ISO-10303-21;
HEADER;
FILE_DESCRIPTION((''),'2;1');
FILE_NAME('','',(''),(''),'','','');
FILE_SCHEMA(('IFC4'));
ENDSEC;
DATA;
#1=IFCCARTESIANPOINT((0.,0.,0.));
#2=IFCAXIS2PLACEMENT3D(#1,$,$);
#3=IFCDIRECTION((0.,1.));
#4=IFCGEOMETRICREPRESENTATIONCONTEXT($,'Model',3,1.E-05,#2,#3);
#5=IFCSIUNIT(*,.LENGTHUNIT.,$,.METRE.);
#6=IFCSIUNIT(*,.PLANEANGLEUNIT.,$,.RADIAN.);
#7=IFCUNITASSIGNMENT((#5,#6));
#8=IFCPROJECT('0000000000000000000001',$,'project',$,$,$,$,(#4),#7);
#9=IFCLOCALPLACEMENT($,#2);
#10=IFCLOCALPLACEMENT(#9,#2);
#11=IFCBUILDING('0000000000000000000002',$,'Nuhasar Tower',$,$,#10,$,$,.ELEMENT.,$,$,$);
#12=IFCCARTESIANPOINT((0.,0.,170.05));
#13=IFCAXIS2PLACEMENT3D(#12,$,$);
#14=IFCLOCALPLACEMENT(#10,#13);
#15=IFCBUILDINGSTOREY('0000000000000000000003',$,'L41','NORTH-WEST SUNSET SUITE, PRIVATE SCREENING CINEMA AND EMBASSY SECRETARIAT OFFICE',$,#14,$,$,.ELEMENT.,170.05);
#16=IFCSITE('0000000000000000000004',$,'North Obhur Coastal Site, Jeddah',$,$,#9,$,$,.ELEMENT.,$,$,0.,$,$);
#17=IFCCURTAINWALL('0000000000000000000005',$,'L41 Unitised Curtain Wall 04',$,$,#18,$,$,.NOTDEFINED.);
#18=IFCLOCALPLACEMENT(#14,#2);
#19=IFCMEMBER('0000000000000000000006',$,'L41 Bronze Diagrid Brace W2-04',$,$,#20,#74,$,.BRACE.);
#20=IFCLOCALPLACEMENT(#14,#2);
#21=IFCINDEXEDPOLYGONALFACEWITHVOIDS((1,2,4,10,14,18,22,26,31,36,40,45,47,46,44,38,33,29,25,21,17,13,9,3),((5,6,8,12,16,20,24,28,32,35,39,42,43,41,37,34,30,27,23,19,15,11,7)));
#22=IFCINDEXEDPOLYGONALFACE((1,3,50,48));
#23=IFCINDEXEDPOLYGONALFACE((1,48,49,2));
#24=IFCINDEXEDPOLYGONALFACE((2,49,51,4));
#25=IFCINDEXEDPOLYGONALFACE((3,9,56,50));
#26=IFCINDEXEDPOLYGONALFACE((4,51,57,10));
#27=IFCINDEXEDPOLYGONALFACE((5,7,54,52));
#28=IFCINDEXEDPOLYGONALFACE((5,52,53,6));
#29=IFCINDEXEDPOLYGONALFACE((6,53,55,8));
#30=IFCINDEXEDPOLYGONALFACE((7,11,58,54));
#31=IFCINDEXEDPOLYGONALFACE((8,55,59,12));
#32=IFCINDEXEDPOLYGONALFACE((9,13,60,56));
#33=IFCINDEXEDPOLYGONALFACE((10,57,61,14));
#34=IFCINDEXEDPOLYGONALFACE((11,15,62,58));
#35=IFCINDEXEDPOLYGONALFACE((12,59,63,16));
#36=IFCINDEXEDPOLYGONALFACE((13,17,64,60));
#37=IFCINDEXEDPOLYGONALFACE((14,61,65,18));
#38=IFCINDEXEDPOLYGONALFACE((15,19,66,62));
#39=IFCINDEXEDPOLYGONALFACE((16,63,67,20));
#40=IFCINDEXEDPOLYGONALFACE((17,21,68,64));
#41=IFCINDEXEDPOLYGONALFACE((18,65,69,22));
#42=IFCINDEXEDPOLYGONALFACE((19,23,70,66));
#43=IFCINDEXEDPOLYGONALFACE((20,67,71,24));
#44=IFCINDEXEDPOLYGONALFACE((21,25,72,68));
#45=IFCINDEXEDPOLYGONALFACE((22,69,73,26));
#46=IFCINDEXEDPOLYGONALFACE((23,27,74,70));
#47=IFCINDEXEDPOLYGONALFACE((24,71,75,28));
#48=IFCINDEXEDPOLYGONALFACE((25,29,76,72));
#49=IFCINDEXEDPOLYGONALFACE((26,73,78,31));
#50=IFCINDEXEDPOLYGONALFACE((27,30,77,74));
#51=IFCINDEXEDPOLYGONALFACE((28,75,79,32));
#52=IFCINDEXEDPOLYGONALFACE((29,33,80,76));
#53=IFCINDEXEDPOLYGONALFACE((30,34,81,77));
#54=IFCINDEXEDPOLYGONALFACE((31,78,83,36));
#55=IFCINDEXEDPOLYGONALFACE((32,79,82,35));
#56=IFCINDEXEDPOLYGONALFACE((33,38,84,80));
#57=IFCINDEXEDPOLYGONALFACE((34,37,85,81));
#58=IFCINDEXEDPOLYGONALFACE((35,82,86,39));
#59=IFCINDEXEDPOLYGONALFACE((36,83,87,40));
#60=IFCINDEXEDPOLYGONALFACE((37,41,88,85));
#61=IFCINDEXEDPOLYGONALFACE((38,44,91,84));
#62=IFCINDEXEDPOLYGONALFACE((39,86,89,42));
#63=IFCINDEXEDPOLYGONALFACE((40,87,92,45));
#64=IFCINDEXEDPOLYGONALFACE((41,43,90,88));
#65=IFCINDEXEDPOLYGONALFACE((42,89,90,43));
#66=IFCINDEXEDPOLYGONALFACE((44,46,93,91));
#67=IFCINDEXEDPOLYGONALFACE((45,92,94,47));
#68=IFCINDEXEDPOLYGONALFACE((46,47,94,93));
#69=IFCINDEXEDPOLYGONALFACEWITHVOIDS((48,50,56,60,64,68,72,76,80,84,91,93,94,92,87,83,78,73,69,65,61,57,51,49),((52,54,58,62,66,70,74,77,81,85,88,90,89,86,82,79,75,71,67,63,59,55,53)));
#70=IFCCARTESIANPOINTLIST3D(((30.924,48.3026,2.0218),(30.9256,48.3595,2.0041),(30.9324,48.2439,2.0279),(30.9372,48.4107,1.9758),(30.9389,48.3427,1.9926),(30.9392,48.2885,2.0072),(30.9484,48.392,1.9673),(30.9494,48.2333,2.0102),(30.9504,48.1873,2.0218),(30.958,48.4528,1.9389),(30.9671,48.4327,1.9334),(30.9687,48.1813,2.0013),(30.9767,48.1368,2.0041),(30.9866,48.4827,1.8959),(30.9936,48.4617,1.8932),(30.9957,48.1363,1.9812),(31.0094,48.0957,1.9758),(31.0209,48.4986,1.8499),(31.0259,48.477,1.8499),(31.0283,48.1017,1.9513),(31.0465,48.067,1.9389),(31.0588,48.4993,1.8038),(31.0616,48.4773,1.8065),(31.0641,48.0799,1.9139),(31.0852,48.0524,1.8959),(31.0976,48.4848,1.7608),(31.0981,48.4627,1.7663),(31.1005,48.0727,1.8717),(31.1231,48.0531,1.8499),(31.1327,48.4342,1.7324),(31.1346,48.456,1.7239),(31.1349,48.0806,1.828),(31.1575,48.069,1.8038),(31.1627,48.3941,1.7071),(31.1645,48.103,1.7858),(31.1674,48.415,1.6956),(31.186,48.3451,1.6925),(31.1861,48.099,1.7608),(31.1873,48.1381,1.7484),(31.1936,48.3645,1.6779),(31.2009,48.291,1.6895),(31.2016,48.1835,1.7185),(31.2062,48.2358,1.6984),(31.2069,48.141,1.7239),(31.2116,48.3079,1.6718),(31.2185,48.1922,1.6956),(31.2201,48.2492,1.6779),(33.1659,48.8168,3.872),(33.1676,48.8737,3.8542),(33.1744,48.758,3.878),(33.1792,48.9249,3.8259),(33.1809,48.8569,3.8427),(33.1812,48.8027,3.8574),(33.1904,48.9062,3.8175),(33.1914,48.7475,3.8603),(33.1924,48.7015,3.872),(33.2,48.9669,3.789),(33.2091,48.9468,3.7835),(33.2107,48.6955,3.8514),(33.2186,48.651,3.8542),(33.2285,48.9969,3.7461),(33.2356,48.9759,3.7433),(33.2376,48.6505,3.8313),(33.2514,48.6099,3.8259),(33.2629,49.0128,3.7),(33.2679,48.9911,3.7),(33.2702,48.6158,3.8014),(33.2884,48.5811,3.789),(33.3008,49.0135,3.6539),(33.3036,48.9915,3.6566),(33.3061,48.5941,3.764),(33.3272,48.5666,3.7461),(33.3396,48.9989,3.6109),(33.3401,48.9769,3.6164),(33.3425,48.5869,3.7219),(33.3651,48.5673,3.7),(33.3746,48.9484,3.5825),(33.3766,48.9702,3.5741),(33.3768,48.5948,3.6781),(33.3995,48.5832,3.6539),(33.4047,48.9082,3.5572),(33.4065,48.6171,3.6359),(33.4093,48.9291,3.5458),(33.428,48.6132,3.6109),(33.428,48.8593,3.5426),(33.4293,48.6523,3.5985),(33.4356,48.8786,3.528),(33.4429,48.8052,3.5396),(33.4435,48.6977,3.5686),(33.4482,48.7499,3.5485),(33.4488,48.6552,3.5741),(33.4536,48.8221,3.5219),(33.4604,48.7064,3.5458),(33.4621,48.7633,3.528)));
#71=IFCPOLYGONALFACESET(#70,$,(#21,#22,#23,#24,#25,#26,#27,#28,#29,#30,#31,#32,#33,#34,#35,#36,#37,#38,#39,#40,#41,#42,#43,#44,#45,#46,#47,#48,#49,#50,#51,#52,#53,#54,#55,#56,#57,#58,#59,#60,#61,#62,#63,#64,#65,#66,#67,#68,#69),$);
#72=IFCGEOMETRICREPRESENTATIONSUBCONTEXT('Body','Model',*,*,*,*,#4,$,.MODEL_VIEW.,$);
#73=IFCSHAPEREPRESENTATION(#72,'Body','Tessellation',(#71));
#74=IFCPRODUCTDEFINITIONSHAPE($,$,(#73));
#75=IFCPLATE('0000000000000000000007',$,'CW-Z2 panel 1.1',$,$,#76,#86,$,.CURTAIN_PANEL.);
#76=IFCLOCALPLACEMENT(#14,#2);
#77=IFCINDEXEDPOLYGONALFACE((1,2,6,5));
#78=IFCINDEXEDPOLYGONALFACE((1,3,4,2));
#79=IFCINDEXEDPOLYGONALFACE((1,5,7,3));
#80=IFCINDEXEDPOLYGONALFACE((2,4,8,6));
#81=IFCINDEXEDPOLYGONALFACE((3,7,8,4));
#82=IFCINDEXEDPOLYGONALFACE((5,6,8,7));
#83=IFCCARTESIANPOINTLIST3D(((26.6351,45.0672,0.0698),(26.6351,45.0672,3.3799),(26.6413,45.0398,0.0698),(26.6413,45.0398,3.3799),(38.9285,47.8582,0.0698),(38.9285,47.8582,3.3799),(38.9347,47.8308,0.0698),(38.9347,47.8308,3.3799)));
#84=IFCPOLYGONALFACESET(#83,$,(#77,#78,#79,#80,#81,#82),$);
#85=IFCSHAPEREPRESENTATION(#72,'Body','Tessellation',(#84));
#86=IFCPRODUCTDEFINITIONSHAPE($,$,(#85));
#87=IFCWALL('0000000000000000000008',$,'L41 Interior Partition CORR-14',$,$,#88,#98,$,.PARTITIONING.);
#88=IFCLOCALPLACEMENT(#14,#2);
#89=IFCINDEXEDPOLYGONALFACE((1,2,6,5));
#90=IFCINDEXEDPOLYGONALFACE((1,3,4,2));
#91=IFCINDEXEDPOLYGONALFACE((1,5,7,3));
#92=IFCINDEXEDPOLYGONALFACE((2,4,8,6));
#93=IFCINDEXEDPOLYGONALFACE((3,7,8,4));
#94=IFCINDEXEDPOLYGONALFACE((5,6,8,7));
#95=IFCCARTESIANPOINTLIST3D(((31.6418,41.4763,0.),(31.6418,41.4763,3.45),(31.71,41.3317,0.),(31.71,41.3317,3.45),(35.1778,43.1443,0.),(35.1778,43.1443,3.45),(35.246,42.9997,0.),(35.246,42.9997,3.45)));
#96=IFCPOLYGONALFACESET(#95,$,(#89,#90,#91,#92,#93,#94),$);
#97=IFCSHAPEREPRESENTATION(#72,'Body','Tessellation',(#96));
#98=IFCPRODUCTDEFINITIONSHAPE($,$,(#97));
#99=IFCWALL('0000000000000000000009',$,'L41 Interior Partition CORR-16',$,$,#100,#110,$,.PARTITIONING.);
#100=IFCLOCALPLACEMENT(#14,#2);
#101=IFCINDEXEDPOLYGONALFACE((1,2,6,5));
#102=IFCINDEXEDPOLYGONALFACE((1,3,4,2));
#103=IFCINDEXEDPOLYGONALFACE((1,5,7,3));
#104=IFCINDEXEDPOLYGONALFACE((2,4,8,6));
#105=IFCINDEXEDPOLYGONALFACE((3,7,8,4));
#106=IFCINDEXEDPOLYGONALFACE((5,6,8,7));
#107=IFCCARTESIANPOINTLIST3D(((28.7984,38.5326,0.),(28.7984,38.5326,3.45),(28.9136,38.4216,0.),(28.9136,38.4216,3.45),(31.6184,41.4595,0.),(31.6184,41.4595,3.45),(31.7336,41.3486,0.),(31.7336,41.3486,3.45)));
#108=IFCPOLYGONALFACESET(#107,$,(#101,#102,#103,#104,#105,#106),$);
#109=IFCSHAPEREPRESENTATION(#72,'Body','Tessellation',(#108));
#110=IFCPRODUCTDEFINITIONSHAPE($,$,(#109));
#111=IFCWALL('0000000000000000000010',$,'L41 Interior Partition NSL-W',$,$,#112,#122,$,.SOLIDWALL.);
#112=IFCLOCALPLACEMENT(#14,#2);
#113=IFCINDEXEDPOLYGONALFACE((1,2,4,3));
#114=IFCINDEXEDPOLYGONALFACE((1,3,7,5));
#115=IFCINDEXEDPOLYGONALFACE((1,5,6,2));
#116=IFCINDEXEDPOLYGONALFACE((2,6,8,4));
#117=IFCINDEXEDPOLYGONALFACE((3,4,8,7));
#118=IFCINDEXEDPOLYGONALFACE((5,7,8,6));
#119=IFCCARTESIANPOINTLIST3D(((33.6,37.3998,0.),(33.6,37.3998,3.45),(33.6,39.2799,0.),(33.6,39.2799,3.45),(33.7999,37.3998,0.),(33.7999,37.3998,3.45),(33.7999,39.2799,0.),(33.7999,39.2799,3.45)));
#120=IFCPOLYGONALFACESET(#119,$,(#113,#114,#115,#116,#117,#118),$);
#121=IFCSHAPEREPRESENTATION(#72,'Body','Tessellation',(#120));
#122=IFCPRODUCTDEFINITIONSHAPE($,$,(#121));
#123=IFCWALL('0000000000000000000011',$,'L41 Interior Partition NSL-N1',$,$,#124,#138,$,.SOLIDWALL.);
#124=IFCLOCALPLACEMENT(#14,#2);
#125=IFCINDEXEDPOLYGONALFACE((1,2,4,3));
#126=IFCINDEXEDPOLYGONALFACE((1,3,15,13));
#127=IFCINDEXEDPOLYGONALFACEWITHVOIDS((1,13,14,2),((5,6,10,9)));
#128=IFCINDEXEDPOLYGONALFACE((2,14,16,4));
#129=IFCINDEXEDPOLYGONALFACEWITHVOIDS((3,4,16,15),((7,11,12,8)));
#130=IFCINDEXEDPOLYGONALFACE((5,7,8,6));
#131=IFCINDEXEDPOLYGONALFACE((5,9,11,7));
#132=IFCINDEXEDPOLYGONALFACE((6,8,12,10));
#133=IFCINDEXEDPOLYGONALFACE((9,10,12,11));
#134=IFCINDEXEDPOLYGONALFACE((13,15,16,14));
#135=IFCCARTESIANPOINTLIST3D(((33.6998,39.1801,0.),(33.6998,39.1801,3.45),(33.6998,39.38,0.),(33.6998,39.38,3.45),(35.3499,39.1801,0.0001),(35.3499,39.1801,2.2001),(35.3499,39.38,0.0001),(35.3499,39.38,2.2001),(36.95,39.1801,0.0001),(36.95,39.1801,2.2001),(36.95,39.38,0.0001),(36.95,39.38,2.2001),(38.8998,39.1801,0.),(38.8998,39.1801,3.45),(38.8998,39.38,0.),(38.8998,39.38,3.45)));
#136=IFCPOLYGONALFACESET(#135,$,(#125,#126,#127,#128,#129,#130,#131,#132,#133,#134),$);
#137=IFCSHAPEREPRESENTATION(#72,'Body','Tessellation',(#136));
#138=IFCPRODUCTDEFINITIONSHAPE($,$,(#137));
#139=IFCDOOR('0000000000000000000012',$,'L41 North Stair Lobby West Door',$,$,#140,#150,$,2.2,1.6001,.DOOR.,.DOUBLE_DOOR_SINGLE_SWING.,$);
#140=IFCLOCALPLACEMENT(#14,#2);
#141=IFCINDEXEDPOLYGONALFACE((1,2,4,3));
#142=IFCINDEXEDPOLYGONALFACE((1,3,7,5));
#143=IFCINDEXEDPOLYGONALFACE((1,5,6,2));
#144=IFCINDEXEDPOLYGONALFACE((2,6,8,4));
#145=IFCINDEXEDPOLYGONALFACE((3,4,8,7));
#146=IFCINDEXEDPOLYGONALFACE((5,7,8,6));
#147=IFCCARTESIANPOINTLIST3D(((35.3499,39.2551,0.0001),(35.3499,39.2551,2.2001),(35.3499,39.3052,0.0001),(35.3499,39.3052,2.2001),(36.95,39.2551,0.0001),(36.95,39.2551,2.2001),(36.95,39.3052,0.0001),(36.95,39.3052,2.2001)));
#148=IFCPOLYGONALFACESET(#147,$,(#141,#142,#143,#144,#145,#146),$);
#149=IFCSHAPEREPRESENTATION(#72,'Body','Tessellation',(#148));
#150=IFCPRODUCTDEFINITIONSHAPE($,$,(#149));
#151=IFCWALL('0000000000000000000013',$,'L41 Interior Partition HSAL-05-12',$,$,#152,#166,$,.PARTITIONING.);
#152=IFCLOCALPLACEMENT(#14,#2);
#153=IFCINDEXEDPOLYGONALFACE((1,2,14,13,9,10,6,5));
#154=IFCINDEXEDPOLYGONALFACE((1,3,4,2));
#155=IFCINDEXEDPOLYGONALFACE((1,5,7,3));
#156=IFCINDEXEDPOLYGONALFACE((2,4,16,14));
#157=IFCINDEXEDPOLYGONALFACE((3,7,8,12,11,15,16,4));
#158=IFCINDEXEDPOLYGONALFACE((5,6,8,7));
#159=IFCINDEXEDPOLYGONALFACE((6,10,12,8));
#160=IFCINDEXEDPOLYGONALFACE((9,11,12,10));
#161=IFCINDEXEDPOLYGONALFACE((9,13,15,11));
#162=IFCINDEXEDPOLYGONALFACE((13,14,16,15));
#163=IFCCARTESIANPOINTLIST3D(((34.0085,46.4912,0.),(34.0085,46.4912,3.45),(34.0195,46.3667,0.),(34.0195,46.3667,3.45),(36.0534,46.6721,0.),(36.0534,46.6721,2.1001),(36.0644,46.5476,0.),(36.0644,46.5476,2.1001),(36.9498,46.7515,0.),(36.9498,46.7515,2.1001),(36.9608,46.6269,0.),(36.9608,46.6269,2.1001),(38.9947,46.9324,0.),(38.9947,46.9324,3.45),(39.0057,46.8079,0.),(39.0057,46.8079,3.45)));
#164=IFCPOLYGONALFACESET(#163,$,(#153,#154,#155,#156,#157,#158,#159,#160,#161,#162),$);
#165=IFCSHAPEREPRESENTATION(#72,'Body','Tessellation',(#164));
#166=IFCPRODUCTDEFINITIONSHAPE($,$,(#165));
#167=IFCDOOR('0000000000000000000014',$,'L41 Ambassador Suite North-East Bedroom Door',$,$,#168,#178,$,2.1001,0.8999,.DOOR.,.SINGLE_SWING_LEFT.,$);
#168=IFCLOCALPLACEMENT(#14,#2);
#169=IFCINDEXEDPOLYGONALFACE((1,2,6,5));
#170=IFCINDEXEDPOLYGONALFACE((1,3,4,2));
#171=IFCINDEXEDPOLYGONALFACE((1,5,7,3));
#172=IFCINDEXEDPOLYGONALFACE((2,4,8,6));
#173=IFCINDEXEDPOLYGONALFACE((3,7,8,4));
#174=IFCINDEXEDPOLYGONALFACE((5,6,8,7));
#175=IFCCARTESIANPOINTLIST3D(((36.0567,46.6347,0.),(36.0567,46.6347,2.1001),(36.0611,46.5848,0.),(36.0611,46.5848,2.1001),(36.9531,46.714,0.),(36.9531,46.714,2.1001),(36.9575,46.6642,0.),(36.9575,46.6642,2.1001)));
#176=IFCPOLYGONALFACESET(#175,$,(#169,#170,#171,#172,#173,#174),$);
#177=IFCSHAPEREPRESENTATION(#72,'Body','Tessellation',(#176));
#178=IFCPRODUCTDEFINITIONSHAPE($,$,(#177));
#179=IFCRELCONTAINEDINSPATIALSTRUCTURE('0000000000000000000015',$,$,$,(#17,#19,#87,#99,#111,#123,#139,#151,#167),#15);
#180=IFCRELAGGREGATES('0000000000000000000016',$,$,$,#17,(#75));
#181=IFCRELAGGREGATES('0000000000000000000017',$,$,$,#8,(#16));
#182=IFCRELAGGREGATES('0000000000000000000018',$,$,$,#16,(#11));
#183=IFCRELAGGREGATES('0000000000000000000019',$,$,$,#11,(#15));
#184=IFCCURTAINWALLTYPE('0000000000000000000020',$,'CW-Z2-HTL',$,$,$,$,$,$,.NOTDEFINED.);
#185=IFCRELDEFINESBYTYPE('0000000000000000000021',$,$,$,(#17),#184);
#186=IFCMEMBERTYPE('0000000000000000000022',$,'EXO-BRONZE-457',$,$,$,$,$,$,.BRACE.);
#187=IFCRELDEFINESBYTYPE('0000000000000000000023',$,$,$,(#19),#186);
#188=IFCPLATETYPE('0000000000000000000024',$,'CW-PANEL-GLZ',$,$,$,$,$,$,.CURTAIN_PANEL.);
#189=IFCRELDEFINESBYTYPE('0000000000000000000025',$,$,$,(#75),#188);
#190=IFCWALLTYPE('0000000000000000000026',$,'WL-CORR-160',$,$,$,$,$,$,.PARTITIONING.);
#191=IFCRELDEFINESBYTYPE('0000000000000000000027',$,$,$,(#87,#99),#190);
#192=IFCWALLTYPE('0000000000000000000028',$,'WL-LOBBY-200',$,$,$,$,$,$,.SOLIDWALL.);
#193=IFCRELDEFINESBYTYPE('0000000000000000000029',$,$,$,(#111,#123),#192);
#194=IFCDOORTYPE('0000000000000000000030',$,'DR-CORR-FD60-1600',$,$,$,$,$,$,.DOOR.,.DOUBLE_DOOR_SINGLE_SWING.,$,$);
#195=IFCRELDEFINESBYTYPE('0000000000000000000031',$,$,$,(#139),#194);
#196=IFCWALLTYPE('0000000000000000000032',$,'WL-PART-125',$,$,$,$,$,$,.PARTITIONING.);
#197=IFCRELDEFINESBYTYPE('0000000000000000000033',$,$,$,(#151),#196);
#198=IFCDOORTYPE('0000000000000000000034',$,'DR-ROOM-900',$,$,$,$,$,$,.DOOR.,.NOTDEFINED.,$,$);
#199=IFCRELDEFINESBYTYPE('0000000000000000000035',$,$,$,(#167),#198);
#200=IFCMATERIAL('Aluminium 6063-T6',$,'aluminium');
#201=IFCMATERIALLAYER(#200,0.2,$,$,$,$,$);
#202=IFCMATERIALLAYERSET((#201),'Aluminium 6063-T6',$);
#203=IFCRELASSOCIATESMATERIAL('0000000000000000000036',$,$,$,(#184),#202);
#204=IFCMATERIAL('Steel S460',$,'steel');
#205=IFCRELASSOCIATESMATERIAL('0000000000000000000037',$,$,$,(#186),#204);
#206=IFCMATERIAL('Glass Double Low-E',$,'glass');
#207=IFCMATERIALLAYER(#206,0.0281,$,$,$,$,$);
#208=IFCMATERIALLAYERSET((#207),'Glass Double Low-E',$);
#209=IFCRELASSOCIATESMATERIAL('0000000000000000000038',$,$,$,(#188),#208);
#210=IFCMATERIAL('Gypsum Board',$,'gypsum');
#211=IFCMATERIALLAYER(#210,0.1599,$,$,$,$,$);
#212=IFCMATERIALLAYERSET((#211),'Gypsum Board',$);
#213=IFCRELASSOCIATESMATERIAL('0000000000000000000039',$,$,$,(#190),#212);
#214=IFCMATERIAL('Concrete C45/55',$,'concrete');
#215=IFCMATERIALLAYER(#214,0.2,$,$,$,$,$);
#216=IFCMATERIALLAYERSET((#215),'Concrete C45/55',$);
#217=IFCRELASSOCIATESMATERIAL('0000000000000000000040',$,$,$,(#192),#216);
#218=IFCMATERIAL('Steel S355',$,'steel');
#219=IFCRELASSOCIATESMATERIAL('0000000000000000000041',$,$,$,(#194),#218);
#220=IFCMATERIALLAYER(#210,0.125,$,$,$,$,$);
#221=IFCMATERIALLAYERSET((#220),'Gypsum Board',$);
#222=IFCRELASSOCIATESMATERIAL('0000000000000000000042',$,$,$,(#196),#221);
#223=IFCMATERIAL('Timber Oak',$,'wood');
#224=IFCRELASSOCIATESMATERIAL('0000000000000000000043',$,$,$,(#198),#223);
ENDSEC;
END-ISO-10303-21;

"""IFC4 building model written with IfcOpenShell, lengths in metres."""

from ifc_helpers import new_model, si_unit, direction, frame, frame_2d, origin, origin_2d, place, context, subcontext, project, spatial, rectangle, hollow_circle, extrude, material, layer, layer_set, material_profile, profile_set, type_object, element, fill, aggregate, save


model = new_model("IFC4")

# Units and contexts
model_context = context("Model", 3, precision=1e-05, world=origin(), true_north=direction((0.0, 1.0)))
body_context = subcontext(model_context, "Body", "Model", "MODEL_VIEW")
ifc_project = project(units=[si_unit("LENGTHUNIT", "METRE"), si_unit("PLANEANGLEUNIT", "RADIAN")], contexts=[model_context])

# Site, building, storey
site_placement = place(None, origin())
site = spatial("IfcSite", under=ifc_project, at=site_placement, Name="North Obhur Coastal Site, Jeddah", CompositionType="ELEMENT", RefElevation=0.0)
building_placement = place(site_placement, origin())
building = spatial("IfcBuilding", under=site, at=building_placement, Name="Nuhasar Tower", CompositionType="ELEMENT")
storey_placement = place(building_placement, frame((0.0, 0.0, 170.05)))
storey = spatial("IfcBuildingStorey", under=building, at=storey_placement, Name="L41", Description="NORTH-WEST SUNSET SUITE, PRIVATE SCREENING CINEMA AND EMBASSY SECRETARIAT OFFICE", CompositionType="ELEMENT", Elevation=170.05)

# Shared definitions
ifc_material_1 = material(Name="Steel S355", Category="steel")

# Curtain wall
ifc_material_2 = material(Name="Aluminium 6063-T6", Category="aluminium")
ifc_layer_1 = layer(ifc_material_2, 0.2)
ifc_layer_set_1 = layer_set([ifc_layer_1], Name="Aluminium 6063-T6")
curtain_wall_type = type_object("IfcCurtainWallType", Name="CW-Z2-HTL", PredefinedType="NOTDEFINED", material=ifc_layer_set_1)
curtain_wall_placement = place(storey_placement, origin())
curtain_wall = element("IfcCurtainWall", 1, at=curtain_wall_placement, inside=storey, type_object=curtain_wall_type, Name="L41 Unitised Curtain Wall 04", PredefinedType="NOTDEFINED")

# Member
ifc_material_3 = material(Name="Steel S460", Category="steel")
ifc_material_profile_1 = material_profile(ifc_material_3, hollow_circle(Radius=0.2285, WallThickness=0.0222, at=origin_2d()), Name="HSS457X22.2")
ifc_profile_set_1 = profile_set([ifc_material_profile_1], Name="Steel S460")
member_type_1 = type_object("IfcMemberType", Name="EXO-BRONZE-457", PredefinedType="BRACE", material=ifc_profile_set_1)
member_1_placement = place(storey_placement, frame((31.072, 48.2759, 1.8499), z_axis=(0.7595, 0.174181, 0.626755), x_axis=(-0.223534, 0.974696, 0.0)))
element("IfcMember", 2, at=member_1_placement, inside=storey, type_object=member_type_1, Name="L41 Bronze Diagrid Brace W2-04", PredefinedType="BRACE", context=body_context, shape_type="SweptSolid", body=[
    extrude(hollow_circle(Radius=0.2285, WallThickness=0.0222, at=origin_2d()), origin(), (0.0, 0.0, 1.0), 2.9519),
])

# Plate
ifc_material_4 = material(Name="Glass Double Low-E", Category="glass")
ifc_layer_2 = layer(ifc_material_4, 0.0281)
ifc_layer_set_2 = layer_set([ifc_layer_2], Name="Glass Double Low-E")
plate_type = type_object("IfcPlateType", Name="CW-PANEL-GLZ", PredefinedType="CURTAIN_PANEL", material=ifc_layer_set_2)
plate_placement = place(storey_placement, frame((32.7849, 46.449, 0.0698), z_axis=(0.0, 0.0, 1.0), x_axis=(-0.975184, -0.221397, 0.0)))
plate = element("IfcPlate", 3, at=plate_placement, type_object=plate_type, Name="CW-Z2 panel 1.1", PredefinedType="CURTAIN_PANEL", context=body_context, shape_type="SweptSolid", body=[
    extrude(rectangle(XDim=12.6062, YDim=0.0281, at=origin_2d()), origin(), (0.0, 0.0, 1.0), 3.3101),
])
aggregate(curtain_wall, [plate])

# Shared definitions
ifc_material_5 = material(Name="Gypsum Board", Category="gypsum")
ifc_layer_3 = layer(ifc_material_5, 0.1599)
ifc_layer_set_3 = layer_set([ifc_layer_3], Name="Gypsum Board")
wall_type_1 = type_object("IfcWallType", Name="WL-CORR-160", PredefinedType="PARTITIONING", material=ifc_layer_set_3)
ifc_material_6 = material(Name="Timber Oak", Category="wood")

# Walls
wall_1_placement = place(storey_placement, frame((35.2119, 43.072, 0.0), z_axis=(0.0, 0.0, 1.0), x_axis=(-0.904422, -0.426639, 0.0)))
element("IfcWall", 4, at=wall_1_placement, inside=storey, type_object=wall_type_1, Name="L41 Interior Partition CORR-14", PredefinedType="PARTITIONING", context=body_context, shape_type="SweptSolid", body=[
    extrude(rectangle(XDim=3.9097, YDim=0.1599, at=frame_2d((1.9548, 0.0))), origin(), (0.0, 0.0, 1.0), 3.45),
])
wall_2_placement = place(storey_placement, frame((31.676, 41.4041, 0.0), z_axis=(0.0, 0.0, 1.0), x_axis=(-0.69383, -0.720139, 0.0)))
element("IfcWall", 5, at=wall_2_placement, inside=storey, type_object=wall_type_1, Name="L41 Interior Partition CORR-16", PredefinedType="PARTITIONING", context=body_context, shape_type="SweptSolid", body=[
    extrude(rectangle(XDim=4.0645, YDim=0.1599, at=frame_2d((2.0322, 0.0))), origin(), (0.0, 0.0, 1.0), 3.45),
])
ifc_material_7 = material(Name="Concrete C45/55", Category="concrete")
ifc_layer_4 = layer(ifc_material_7, 0.2)
ifc_layer_set_4 = layer_set([ifc_layer_4], Name="Concrete C45/55")
wall_type_2 = type_object("IfcWallType", Name="WL-LOBBY-200", PredefinedType="SOLIDWALL", material=ifc_layer_set_4)
wall_3_placement = place(storey_placement, frame((33.7, 37.3999, 0.0), z_axis=(0.0, 0.0, 1.0), x_axis=(0.0, 1.0, 0.0)))
element("IfcWall", 6, at=wall_3_placement, inside=storey, type_object=wall_type_2, Name="L41 Interior Partition NSL-W", PredefinedType="SOLIDWALL", context=body_context, shape_type="SweptSolid", body=[
    extrude(rectangle(XDim=1.8801, YDim=0.2, at=frame_2d((0.9399, 0.0))), origin(), (0.0, 0.0, 1.0), 3.45),
])

# Walls, openings, doors
wall_4_placement = place(storey_placement, frame((38.8999, 39.28, 0.0), z_axis=(0.0, 0.0, 1.0), x_axis=(-1.0, 0.0, 0.0)))
wall_4 = element("IfcWall", 7, at=wall_4_placement, inside=storey, type_object=wall_type_2, Name="L41 Interior Partition NSL-N1", PredefinedType="SOLIDWALL", context=body_context, shape_type="SweptSolid", body=[
    extrude(rectangle(XDim=5.2, YDim=0.2, at=frame_2d((2.6001, 0.0))), origin(), (0.0, 0.0, 1.0), 3.45),
])
opening_1_placement = place(wall_4_placement, frame((1.95, 0.0, 0.0)))
opening_1 = element("IfcOpeningElement", 8, at=opening_1_placement, cuts=wall_4, PredefinedType="OPENING", context=body_context, shape_type="SweptSolid", body=[
    extrude(rectangle(XDim=1.6001, YDim=2.2, at=frame_2d((0.8, 1.1001))), frame((0.0, 0.1099, 0.0), z_axis=(0.0, -1.0, 0.0), x_axis=(1.0, 0.0, 0.0)), (0.0, 0.0, 1.0), 0.22),
])
door_type_1 = type_object("IfcDoorType", Name="DR-CORR-FD60-1600", OperationType="DOUBLE_DOOR_SINGLE_SWING", PredefinedType="DOOR", material=ifc_material_1)
door_1_placement = place(opening_1_placement, origin())
door_1 = element("IfcDoor", 9, at=door_1_placement, inside=storey, type_object=door_type_1, Name="L41 North Stair Lobby West Door", OperationType="DOUBLE_DOOR_SINGLE_SWING", OverallHeight=2.2, OverallWidth=1.6001, PredefinedType="DOOR", context=body_context, shape_type="SweptSolid", body=[
    extrude(rectangle(XDim=1.6001, YDim=2.2, at=frame_2d((0.8, 1.1001))), frame((0.0, 0.0249, 0.0), z_axis=(0.0, -1.0, 0.0), x_axis=(1.0, 0.0, 0.0)), (0.0, 0.0, 1.0), 0.05),
])
fill(opening_1, door_1)
ifc_layer_5 = layer(ifc_material_5, 0.125)
ifc_layer_set_5 = layer_set([ifc_layer_5], Name="Gypsum Board")
wall_type_3 = type_object("IfcWallType", Name="WL-PART-125", PredefinedType="PARTITIONING", material=ifc_layer_set_5)
wall_5_placement = place(storey_placement, frame((34.0139, 46.429, 0.0), z_axis=(0.0, 0.0, 1.0), x_axis=(0.996109, 0.088134, 0.0)))
wall_5 = element("IfcWall", 10, at=wall_5_placement, inside=storey, type_object=wall_type_3, Name="L41 Interior Partition HSAL-05-12", PredefinedType="PARTITIONING", context=body_context, shape_type="SweptSolid", body=[
    extrude(rectangle(XDim=5.0056, YDim=0.125, at=frame_2d((2.5029, 0.0))), origin(), (0.0, 0.0, 1.0), 3.45),
])
opening_2_placement = place(wall_5_placement, frame((2.053, 0.0, 0.0)))
opening_2 = element("IfcOpeningElement", 11, at=opening_2_placement, cuts=wall_5, PredefinedType="OPENING", context=body_context, shape_type="SweptSolid", body=[
    extrude(rectangle(XDim=0.8999, YDim=2.1001, at=frame_2d((0.45, 1.05))), frame((0.0, 0.0725, 0.0), z_axis=(0.0, -1.0, 0.0), x_axis=(1.0, 0.0, 0.0)), (0.0, 0.0, 1.0), 0.145),
])
door_type_2 = type_object("IfcDoorType", Name="DR-ROOM-900", OperationType="NOTDEFINED", PredefinedType="DOOR", material=ifc_material_6)
door_2_placement = place(opening_2_placement, origin())
door_2 = element("IfcDoor", 12, at=door_2_placement, inside=storey, type_object=door_type_2, Name="L41 Ambassador Suite North-East Bedroom Door", OperationType="SINGLE_SWING_LEFT", OverallHeight=2.1001, OverallWidth=0.8999, PredefinedType="DOOR", context=body_context, shape_type="SweptSolid", body=[
    extrude(rectangle(XDim=0.8999, YDim=2.1001, at=frame_2d((0.45, 1.05))), frame((0.0, 0.0249, 0.0), z_axis=(0.0, -1.0, 0.0), x_axis=(1.0, 0.0, 0.0)), (0.0, 0.0, 1.0), 0.05),
])
fill(opening_2, door_2)

save(model, "model.ifc")
